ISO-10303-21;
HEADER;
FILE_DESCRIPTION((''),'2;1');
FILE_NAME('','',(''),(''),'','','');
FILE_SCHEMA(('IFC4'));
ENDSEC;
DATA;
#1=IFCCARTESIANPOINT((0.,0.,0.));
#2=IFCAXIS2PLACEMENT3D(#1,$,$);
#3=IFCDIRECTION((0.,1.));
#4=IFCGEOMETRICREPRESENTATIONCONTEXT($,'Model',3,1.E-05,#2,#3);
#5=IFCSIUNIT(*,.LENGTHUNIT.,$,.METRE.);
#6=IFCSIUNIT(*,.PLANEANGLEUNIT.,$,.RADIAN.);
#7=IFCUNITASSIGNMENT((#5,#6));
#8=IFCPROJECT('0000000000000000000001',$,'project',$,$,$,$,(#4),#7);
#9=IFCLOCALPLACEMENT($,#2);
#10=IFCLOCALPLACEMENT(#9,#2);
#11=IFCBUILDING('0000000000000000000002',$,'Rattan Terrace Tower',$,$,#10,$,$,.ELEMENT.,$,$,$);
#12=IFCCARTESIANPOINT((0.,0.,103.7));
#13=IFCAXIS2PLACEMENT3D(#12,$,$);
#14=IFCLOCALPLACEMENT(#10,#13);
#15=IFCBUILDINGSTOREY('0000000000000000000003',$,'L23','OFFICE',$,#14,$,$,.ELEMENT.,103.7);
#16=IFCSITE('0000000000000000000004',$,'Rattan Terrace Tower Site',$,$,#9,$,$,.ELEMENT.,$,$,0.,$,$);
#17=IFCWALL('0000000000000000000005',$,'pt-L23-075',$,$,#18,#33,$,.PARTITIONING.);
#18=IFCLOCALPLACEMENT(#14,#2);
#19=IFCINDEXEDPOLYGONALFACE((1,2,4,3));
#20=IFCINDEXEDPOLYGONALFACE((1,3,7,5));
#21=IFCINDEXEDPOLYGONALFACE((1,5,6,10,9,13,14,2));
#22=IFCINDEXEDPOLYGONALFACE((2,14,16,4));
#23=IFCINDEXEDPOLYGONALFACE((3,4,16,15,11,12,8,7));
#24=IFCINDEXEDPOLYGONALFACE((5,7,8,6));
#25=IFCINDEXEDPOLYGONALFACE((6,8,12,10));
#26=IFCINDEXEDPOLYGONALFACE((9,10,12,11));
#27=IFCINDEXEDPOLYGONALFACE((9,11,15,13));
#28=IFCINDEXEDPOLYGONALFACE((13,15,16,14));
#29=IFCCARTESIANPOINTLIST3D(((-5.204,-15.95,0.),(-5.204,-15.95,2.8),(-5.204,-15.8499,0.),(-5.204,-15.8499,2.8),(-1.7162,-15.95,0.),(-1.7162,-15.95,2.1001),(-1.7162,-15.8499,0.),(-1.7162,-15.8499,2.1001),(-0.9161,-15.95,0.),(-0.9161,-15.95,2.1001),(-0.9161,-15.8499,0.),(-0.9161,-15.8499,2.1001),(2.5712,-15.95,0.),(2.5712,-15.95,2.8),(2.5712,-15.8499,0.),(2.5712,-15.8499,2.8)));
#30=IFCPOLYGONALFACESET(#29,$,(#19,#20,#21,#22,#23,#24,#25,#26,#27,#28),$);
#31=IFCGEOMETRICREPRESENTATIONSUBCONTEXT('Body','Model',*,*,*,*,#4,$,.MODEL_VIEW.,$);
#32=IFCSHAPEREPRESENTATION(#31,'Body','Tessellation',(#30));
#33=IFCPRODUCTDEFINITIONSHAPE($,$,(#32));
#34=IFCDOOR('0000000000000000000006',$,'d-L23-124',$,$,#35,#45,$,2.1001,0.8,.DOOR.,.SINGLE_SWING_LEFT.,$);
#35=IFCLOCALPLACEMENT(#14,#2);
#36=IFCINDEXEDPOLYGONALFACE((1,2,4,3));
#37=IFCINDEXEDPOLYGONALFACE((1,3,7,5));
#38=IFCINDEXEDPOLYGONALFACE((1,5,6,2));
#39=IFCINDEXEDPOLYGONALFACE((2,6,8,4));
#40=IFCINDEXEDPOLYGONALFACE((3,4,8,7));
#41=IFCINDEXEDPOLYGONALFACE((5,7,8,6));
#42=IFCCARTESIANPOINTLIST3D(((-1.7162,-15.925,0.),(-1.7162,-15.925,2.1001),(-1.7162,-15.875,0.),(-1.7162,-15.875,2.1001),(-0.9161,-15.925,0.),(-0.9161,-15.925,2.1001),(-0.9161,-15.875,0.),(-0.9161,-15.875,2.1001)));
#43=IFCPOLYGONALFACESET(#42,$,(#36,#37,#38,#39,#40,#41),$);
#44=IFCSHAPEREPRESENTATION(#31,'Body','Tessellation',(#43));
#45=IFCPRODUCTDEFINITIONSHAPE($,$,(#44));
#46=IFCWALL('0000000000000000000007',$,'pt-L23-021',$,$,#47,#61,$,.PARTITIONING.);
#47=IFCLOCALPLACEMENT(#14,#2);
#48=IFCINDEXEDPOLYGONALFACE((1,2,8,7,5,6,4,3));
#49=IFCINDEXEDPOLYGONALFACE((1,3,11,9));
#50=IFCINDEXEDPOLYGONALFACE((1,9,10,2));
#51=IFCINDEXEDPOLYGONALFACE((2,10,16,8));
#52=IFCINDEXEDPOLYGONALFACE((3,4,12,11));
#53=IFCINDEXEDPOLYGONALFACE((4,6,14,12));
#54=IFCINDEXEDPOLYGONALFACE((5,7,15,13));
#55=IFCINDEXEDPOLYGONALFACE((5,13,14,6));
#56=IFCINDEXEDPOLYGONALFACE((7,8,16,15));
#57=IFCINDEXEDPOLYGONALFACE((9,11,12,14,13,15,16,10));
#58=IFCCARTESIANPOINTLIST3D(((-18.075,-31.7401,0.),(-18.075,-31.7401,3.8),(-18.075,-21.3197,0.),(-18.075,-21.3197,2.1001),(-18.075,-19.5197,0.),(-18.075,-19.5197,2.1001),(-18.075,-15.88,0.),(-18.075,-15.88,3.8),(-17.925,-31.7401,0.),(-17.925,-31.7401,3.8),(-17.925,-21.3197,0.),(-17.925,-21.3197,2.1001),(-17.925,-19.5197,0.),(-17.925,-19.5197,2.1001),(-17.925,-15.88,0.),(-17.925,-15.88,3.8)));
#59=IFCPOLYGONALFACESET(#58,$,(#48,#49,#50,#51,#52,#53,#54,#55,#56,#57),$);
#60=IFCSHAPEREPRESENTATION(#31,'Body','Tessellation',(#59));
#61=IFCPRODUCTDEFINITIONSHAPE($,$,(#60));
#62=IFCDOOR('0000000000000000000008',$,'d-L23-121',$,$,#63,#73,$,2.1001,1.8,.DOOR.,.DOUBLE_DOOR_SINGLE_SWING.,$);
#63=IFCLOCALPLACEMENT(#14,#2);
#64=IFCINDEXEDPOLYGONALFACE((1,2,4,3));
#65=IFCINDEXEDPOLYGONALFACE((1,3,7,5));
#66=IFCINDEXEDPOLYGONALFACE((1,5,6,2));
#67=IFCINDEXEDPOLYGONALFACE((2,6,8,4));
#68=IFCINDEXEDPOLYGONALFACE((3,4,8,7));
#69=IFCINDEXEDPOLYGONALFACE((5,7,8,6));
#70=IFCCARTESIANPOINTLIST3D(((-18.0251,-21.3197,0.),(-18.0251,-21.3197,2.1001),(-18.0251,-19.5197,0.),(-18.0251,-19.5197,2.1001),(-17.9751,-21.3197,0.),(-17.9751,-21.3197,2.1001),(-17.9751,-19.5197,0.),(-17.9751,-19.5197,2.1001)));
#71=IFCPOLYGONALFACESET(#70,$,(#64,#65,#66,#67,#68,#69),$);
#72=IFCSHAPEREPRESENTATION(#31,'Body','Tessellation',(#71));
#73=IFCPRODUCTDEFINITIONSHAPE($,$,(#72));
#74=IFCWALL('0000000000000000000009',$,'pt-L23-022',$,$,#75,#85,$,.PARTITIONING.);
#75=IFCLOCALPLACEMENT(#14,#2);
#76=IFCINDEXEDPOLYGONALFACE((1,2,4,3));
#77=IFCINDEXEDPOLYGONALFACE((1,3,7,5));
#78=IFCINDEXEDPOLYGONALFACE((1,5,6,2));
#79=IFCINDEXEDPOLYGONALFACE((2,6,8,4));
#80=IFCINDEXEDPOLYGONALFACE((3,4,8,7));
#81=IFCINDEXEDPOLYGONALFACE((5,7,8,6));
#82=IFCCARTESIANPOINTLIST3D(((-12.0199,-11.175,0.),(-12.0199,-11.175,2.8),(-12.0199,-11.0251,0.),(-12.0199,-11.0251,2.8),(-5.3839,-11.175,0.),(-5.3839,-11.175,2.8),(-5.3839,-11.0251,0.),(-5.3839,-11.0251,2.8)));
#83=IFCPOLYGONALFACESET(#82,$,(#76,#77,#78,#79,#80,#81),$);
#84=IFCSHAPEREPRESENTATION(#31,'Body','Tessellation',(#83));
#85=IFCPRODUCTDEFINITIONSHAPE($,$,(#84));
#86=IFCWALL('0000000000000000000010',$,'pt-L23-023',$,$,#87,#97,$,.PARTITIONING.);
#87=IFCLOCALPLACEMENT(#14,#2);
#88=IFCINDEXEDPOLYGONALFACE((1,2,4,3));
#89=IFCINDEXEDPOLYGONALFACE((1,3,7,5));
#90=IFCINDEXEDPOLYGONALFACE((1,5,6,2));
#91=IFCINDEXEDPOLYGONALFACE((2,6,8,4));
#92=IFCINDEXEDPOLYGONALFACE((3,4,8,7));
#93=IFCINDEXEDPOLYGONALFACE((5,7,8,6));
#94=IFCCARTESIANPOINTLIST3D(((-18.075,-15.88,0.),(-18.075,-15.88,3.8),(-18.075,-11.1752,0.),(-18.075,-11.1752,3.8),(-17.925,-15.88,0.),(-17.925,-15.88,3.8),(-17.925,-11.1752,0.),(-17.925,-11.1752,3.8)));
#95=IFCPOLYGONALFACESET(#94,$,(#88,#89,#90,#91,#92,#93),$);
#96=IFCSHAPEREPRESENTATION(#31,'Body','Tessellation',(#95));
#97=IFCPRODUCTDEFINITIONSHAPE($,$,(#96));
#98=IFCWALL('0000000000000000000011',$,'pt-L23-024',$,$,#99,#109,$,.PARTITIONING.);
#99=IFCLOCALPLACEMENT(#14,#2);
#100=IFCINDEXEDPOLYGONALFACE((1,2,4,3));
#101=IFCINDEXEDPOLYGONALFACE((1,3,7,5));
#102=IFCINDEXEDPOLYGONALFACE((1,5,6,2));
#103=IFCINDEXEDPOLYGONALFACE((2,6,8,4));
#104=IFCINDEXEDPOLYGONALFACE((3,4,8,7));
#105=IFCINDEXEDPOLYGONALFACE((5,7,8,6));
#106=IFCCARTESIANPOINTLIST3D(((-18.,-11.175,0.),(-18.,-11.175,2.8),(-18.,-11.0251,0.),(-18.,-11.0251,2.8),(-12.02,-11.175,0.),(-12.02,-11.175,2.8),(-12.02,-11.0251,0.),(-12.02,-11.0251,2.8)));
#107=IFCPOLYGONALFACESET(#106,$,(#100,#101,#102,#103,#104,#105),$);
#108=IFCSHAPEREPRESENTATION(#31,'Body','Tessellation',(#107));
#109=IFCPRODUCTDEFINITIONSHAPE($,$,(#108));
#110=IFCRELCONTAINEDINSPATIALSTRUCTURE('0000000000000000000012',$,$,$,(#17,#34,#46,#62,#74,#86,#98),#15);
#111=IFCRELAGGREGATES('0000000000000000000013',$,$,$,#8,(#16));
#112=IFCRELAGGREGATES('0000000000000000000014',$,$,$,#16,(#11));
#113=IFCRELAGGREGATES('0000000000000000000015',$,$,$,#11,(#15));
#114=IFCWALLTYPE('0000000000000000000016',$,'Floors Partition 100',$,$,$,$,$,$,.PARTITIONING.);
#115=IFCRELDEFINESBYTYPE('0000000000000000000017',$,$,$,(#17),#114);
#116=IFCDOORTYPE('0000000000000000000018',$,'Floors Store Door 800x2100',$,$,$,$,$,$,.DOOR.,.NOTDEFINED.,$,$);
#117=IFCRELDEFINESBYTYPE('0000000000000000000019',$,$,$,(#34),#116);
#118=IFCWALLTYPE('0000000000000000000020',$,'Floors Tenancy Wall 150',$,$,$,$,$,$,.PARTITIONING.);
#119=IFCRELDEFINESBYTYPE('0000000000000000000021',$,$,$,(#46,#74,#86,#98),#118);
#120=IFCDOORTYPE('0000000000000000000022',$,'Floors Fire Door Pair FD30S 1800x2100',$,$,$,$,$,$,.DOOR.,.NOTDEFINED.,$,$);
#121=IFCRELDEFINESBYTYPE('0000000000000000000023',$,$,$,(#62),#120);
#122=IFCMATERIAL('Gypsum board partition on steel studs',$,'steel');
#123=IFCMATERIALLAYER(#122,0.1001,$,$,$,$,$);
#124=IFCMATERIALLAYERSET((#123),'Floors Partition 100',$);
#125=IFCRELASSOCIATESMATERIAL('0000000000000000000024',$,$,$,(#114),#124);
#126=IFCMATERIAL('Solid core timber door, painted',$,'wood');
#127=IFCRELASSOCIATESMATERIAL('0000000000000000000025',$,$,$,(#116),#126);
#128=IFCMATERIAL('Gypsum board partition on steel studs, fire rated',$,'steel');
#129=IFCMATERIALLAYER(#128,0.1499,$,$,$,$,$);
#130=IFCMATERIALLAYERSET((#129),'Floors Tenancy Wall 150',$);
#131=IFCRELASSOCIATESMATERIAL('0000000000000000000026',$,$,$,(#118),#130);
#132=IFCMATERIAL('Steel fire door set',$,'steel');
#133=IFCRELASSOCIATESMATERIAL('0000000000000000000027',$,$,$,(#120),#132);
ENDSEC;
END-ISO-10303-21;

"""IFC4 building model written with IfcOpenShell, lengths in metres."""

from ifc_helpers import new_model, si_unit, direction, frame, frame_2d, origin, place, context, subcontext, project, spatial, rectangle, extrude, material, layer, layer_set, type_object, element, fill, save


model = new_model("IFC4")

# Units and contexts
model_context = context("Model", 3, precision=1e-05, world=origin(), true_north=direction((0.0, 1.0)))
body_context = subcontext(model_context, "Body", "Model", "MODEL_VIEW")
ifc_project = project(units=[si_unit("LENGTHUNIT", "METRE"), si_unit("PLANEANGLEUNIT", "RADIAN")], contexts=[model_context])

# Site, building, storey
site_placement = place(None, origin())
site = spatial("IfcSite", under=ifc_project, at=site_placement, Name="Rattan Terrace Tower Site", CompositionType="ELEMENT", RefElevation=0.0)
building_placement = place(site_placement, origin())
building = spatial("IfcBuilding", under=site, at=building_placement, Name="Rattan Terrace Tower", CompositionType="ELEMENT")
storey_placement = place(building_placement, frame((0.0, 0.0, 103.7)))
storey = spatial("IfcBuildingStorey", under=building, at=storey_placement, Name="L23", Description="OFFICE", CompositionType="ELEMENT", Elevation=103.7)

# Shared definitions
ifc_material_1 = material(Name="Gypsum board partition on steel studs", Category="steel")
ifc_layer_1 = layer(ifc_material_1, 0.1001)
ifc_layer_set_1 = layer_set([ifc_layer_1], Name="Floors Partition 100")
wall_type_1 = type_object("IfcWallType", Name="Floors Partition 100", PredefinedType="PARTITIONING", material=ifc_layer_set_1)

# Walls, openings, doors
wall_1_placement = place(storey_placement, frame((-5.2041, -15.8999, 0.0), z_axis=(0.0, 0.0, 1.0), x_axis=(1.0, 0.0, 0.0)))
wall_1 = element("IfcWall", 1, at=wall_1_placement, inside=storey, type_object=wall_type_1, Name="pt-L23-075", PredefinedType="PARTITIONING", context=body_context, shape_type="SweptSolid", body=[
    extrude(rectangle(XDim=7.7751, YDim=0.1001, at=frame_2d((3.8877, 0.0))), origin(), (0.0, 0.0, 1.0), 2.8),
])
opening_1_placement = place(wall_1_placement, frame((3.488, 0.0, 0.0)))
opening_1 = element("IfcOpeningElement", 2, at=opening_1_placement, cuts=wall_1, PredefinedType="OPENING", context=body_context, shape_type="SweptSolid", body=[
    extrude(rectangle(XDim=0.8, YDim=2.1001, at=frame_2d((0.3999, 1.05))), frame((0.0, 0.0605, 0.0), z_axis=(0.0, -1.0, 0.0), x_axis=(1.0, 0.0, 0.0)), (0.0, 0.0, 1.0), 0.1211),
])
ifc_material_2 = material(Name="Solid core timber door, painted", Category="wood")
door_type_1 = type_object("IfcDoorType", Name="Floors Store Door 800x2100", OperationType="NOTDEFINED", PredefinedType="DOOR", material=ifc_material_2)
door_1_placement = place(opening_1_placement, origin())
door_1 = element("IfcDoor", 3, at=door_1_placement, inside=storey, type_object=door_type_1, Name="d-L23-124", OperationType="SINGLE_SWING_LEFT", OverallHeight=2.1001, OverallWidth=0.8, PredefinedType="DOOR", context=body_context, shape_type="SweptSolid", body=[
    extrude(rectangle(XDim=0.8, YDim=2.1001, at=frame_2d((0.3999, 1.05))), frame((0.0, 0.0249, 0.0), z_axis=(0.0, -1.0, 0.0), x_axis=(1.0, 0.0, 0.0)), (0.0, 0.0, 1.0), 0.05),
])
fill(opening_1, door_1)
ifc_material_3 = material(Name="Gypsum board partition on steel studs, fire rated", Category="steel")
ifc_layer_2 = layer(ifc_material_3, 0.1499)
ifc_layer_set_2 = layer_set([ifc_layer_2], Name="Floors Tenancy Wall 150")
wall_type_2 = type_object("IfcWallType", Name="Floors Tenancy Wall 150", PredefinedType="PARTITIONING", material=ifc_layer_set_2)
wall_2_placement = place(storey_placement, frame((-18.0, -15.8799, 0.0), z_axis=(0.0, 0.0, 1.0), x_axis=(0.0, -1.0, 0.0)))
wall_2 = element("IfcWall", 4, at=wall_2_placement, inside=storey, type_object=wall_type_2, Name="pt-L23-021", PredefinedType="PARTITIONING", context=body_context, shape_type="SweptSolid", body=[
    extrude(rectangle(XDim=15.8601, YDim=0.1499, at=frame_2d((7.9302, 0.0))), origin(), (0.0, 0.0, 1.0), 3.8),
])
opening_2_placement = place(wall_2_placement, frame((3.6399, 0.0, 0.0)))
opening_2 = element("IfcOpeningElement", 5, at=opening_2_placement, cuts=wall_2, PredefinedType="OPENING", context=body_context, shape_type="SweptSolid", body=[
    extrude(rectangle(XDim=1.8, YDim=2.1001, at=frame_2d((0.8999, 1.05))), frame((0.0, 0.0854, 0.0), z_axis=(0.0, -1.0, 0.0), x_axis=(1.0, 0.0, 0.0)), (0.0, 0.0, 1.0), 0.1709),
])
ifc_material_4 = material(Name="Steel fire door set", Category="steel")
door_type_2 = type_object("IfcDoorType", Name="Floors Fire Door Pair FD30S 1800x2100", OperationType="NOTDEFINED", PredefinedType="DOOR", material=ifc_material_4)
door_2_placement = place(opening_2_placement, origin())
door_2 = element("IfcDoor", 6, at=door_2_placement, inside=storey, type_object=door_type_2, Name="d-L23-121", OperationType="DOUBLE_DOOR_SINGLE_SWING", OverallHeight=2.1001, OverallWidth=1.8, PredefinedType="DOOR", context=body_context, shape_type="SweptSolid", body=[
    extrude(rectangle(XDim=1.8, YDim=2.1001, at=frame_2d((0.8999, 1.05))), frame((0.0, 0.0249, 0.0), z_axis=(0.0, -1.0, 0.0), x_axis=(1.0, 0.0, 0.0)), (0.0, 0.0, 1.0), 0.05),
])
fill(opening_2, door_2)

# Walls
wall_3_placement = place(storey_placement, frame((-5.384, -11.1001, 0.0), z_axis=(0.0, 0.0, 1.0), x_axis=(-1.0, 0.0, 0.0)))
element("IfcWall", 7, at=wall_3_placement, inside=storey, type_object=wall_type_2, Name="pt-L23-022", PredefinedType="PARTITIONING", context=body_context, shape_type="SweptSolid", body=[
    extrude(rectangle(XDim=6.636, YDim=0.1499, at=frame_2d((3.3179, 0.0))), origin(), (0.0, 0.0, 1.0), 2.8),
])
wall_4_placement = place(storey_placement, frame((-18.0, -11.175, 0.0), z_axis=(0.0, 0.0, 1.0), x_axis=(0.0, -1.0, 0.0)))
element("IfcWall", 8, at=wall_4_placement, inside=storey, type_object=wall_type_2, Name="pt-L23-023", PredefinedType="PARTITIONING", context=body_context, shape_type="SweptSolid", body=[
    extrude(rectangle(XDim=4.7048, YDim=0.1499, at=frame_2d((2.3525, 0.0))), origin(), (0.0, 0.0, 1.0), 3.8),
])
wall_5_placement = place(storey_placement, frame((-12.02, -11.1001, 0.0), z_axis=(0.0, 0.0, 1.0), x_axis=(-1.0, 0.0, 0.0)))
element("IfcWall", 9, at=wall_5_placement, inside=storey, type_object=wall_type_2, Name="pt-L23-024", PredefinedType="PARTITIONING", context=body_context, shape_type="SweptSolid", body=[
    extrude(rectangle(XDim=5.98, YDim=0.1499, at=frame_2d((2.99, 0.0))), origin(), (0.0, 0.0, 1.0), 2.8),
])

save(model, "model.ifc")
